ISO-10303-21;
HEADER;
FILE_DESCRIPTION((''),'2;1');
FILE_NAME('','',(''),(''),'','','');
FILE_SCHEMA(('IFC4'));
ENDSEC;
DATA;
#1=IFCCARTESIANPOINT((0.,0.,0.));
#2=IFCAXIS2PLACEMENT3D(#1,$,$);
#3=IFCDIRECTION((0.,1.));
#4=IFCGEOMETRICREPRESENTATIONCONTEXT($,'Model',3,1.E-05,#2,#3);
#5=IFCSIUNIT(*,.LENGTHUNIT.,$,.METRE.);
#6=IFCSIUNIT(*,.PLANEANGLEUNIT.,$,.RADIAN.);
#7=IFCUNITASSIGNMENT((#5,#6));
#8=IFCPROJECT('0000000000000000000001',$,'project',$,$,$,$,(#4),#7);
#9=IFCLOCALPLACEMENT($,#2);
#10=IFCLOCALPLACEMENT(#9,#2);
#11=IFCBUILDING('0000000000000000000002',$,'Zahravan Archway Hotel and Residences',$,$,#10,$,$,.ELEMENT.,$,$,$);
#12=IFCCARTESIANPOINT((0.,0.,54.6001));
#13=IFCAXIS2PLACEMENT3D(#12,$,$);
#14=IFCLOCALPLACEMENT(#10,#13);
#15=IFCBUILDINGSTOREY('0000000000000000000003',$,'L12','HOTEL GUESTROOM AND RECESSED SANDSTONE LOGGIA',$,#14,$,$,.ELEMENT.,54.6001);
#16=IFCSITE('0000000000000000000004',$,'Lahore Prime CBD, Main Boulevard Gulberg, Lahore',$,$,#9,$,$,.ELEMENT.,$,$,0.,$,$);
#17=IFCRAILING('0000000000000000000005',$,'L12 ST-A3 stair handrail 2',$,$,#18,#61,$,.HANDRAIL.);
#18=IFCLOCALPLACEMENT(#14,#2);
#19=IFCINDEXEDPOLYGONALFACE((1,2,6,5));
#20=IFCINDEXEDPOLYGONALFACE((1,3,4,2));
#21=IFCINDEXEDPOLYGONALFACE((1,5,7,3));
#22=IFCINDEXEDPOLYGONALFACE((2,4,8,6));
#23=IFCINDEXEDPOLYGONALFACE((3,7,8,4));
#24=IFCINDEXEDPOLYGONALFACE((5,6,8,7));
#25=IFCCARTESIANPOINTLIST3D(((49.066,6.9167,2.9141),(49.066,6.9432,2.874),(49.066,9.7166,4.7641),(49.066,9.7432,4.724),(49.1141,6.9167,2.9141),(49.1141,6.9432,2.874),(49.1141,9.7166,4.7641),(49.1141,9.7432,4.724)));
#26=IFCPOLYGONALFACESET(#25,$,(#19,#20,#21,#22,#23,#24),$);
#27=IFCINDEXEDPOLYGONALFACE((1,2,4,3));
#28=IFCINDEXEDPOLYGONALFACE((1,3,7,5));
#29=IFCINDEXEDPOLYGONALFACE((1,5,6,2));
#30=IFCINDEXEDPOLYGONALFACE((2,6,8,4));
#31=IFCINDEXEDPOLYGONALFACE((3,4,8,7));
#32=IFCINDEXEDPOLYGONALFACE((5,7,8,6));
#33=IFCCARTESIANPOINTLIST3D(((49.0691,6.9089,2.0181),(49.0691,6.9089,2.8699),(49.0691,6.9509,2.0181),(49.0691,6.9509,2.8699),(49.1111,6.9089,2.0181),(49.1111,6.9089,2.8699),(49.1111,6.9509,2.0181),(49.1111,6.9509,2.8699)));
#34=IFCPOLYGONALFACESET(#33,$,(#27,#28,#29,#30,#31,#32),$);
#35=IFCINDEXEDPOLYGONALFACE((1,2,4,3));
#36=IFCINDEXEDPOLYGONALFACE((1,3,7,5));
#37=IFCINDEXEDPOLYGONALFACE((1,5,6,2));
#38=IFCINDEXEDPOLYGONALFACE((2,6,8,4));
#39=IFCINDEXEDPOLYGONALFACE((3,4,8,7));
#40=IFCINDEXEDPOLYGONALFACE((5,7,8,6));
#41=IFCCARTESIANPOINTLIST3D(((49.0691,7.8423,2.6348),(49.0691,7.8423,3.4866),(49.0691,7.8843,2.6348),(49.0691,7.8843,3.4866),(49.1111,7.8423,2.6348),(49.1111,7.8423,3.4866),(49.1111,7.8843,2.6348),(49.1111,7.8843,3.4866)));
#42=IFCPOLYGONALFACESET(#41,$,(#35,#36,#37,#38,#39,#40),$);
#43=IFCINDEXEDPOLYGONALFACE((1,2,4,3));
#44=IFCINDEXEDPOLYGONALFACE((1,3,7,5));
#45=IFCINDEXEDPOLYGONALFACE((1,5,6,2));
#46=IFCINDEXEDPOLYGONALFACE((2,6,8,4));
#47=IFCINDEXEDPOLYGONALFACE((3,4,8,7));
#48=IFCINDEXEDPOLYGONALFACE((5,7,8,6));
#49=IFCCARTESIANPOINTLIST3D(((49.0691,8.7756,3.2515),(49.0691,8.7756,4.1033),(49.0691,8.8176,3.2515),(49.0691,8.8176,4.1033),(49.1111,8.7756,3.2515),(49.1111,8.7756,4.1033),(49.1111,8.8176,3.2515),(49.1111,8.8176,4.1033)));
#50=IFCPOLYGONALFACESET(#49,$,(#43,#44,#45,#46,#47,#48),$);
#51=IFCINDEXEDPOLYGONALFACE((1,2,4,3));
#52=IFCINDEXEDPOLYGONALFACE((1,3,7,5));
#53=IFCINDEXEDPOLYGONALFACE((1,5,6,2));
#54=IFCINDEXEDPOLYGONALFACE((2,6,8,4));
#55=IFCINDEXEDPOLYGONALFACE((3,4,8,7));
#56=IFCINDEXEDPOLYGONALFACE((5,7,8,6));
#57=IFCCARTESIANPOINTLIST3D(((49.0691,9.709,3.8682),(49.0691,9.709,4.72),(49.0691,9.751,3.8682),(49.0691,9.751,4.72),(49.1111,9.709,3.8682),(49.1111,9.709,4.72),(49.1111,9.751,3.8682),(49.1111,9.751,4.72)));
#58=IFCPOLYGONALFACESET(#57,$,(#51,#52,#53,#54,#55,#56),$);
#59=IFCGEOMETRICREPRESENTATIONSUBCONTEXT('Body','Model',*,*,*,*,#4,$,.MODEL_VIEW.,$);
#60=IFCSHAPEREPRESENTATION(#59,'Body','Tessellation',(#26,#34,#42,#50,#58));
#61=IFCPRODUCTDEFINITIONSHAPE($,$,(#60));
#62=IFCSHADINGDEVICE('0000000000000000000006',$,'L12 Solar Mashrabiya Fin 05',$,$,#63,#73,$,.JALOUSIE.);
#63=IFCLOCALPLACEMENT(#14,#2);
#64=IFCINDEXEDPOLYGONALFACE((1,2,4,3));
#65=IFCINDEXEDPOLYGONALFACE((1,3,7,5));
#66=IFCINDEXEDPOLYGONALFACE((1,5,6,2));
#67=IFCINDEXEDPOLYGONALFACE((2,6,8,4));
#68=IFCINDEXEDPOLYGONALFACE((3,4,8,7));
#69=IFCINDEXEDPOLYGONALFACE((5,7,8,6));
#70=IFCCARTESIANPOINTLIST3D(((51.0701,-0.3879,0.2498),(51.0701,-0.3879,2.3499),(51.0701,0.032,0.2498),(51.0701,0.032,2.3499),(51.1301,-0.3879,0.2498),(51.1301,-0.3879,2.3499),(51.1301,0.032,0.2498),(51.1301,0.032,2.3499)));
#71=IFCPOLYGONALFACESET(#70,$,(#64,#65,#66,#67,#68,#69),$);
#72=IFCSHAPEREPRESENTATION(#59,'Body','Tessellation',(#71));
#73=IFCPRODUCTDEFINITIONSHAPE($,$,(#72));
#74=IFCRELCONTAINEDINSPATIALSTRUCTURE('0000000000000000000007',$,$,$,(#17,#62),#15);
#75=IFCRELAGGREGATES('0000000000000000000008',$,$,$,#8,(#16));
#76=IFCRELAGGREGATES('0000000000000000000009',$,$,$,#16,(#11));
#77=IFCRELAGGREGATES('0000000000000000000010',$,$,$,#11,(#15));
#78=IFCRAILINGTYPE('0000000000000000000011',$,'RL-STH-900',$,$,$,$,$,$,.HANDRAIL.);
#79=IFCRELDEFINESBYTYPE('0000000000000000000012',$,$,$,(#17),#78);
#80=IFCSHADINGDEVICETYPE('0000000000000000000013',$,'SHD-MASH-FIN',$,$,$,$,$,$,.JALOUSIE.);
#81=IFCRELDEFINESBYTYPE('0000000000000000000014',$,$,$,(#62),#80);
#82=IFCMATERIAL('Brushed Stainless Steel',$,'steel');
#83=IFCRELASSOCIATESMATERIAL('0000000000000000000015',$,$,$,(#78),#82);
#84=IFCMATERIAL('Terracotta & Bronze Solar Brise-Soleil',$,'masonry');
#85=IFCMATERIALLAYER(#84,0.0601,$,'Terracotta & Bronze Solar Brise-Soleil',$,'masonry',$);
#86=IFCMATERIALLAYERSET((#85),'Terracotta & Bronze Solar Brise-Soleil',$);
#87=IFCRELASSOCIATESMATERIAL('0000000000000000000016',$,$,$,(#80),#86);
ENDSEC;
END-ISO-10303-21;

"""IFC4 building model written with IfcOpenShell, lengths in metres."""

from ifc_helpers import new_model, si_unit, direction, frame, origin, origin_2d, place, context, subcontext, project, spatial, rectangle, extrude, source, transform, mapped, material, layer, layer_set, type_object, type_shapes, element, save


model = new_model("IFC4")

# Units and contexts
model_context = context("Model", 3, precision=1e-05, world=origin(), true_north=direction((0.0, 1.0)))
body_context = subcontext(model_context, "Body", "Model", "MODEL_VIEW")
ifc_project = project(units=[si_unit("LENGTHUNIT", "METRE"), si_unit("PLANEANGLEUNIT", "RADIAN")], contexts=[model_context])

# Site, building, storey
site_placement = place(None, origin())
site = spatial("IfcSite", under=ifc_project, at=site_placement, Name="Lahore Prime CBD, Main Boulevard Gulberg, Lahore", CompositionType="ELEMENT", RefElevation=0.0)
building_placement = place(site_placement, origin())
building = spatial("IfcBuilding", under=site, at=building_placement, Name="Zahravan Archway Hotel and Residences", CompositionType="ELEMENT")
storey_placement = place(building_placement, frame((0.0, 0.0, 54.6001)))
storey = spatial("IfcBuildingStorey", under=building, at=storey_placement, Name="L12", Description="HOTEL GUESTROOM AND RECESSED SANDSTONE LOGGIA", CompositionType="ELEMENT", Elevation=54.6001)

# Railing
ifc_material_1 = material(Name="Brushed Stainless Steel", Category="steel")
railing_type_1 = type_object("IfcRailingType", Name="RL-STH-900", PredefinedType="HANDRAIL", material=ifc_material_1)
railing_1_placement = place(storey_placement, frame((49.0901, 6.9299, 2.0181)))
element("IfcRailing", 1, at=railing_1_placement, inside=storey, type_object=railing_type_1, Name="L12 ST-A3 stair handrail 2", PredefinedType="HANDRAIL", context=body_context, shape_type="SweptSolid", body=[
    extrude(rectangle(XDim=0.0481, YDim=0.0481, at=origin_2d()), frame((0.0, 0.0, 0.876), z_axis=(0.0, 0.834326, 0.551271), x_axis=(-1.0, 0.0, 0.0)), (0.0, 0.0, 1.0), 3.356),
    extrude(rectangle(XDim=0.042, YDim=0.042, at=origin_2d()), origin(), (0.0, 0.0, 1.0), 0.8518),
    extrude(rectangle(XDim=0.042, YDim=0.042, at=origin_2d()), frame((0.0, 0.9333, 0.6167)), (0.0, 0.0, 1.0), 0.8518),
    extrude(rectangle(XDim=0.042, YDim=0.042, at=origin_2d()), frame((0.0, 1.8667, 1.2334)), (0.0, 0.0, 1.0), 0.8518),
    extrude(rectangle(XDim=0.042, YDim=0.042, at=origin_2d()), frame((0.0, 2.8, 1.8501)), (0.0, 0.0, 1.0), 0.8518),
])

# Shading device
ifc_material_2 = material(Name="Terracotta & Bronze Solar Brise-Soleil", Category="masonry")
ifc_layer_1 = layer(ifc_material_2, 0.0601, Name="Terracotta & Bronze Solar Brise-Soleil", Category="masonry")
ifc_layer_set_1 = layer_set([ifc_layer_1], Name="Terracotta & Bronze Solar Brise-Soleil")
shading_device_type = type_object("IfcShadingDeviceType", Name="SHD-MASH-FIN", PredefinedType="JALOUSIE", material=ifc_layer_set_1)
shared_shape_1 = source(origin(), body_context, "Body", "SweptSolid", [
    extrude(rectangle(XDim=0.0601, YDim=0.4199, at=origin_2d()), origin(), (0.0, 0.0, 1.0), 2.1001),
])
type_shapes(shading_device_type, [shared_shape_1])
shading_device_placement = place(storey_placement, frame((51.1001, -0.178, 0.2498), z_axis=(0.0, 0.0, 1.0), x_axis=(1.0, 0.0, 0.0)))
element("IfcShadingDevice", 2, at=shading_device_placement, inside=storey, type_object=shading_device_type, Name="L12 Solar Mashrabiya Fin 05", PredefinedType="JALOUSIE", context=body_context, shape_type="MappedRepresentation", body=[
    mapped(shared_shape_1, transform((0.0, 0.0, 0.0), scale=1.0)),
])

save(model, "model.ifc")
